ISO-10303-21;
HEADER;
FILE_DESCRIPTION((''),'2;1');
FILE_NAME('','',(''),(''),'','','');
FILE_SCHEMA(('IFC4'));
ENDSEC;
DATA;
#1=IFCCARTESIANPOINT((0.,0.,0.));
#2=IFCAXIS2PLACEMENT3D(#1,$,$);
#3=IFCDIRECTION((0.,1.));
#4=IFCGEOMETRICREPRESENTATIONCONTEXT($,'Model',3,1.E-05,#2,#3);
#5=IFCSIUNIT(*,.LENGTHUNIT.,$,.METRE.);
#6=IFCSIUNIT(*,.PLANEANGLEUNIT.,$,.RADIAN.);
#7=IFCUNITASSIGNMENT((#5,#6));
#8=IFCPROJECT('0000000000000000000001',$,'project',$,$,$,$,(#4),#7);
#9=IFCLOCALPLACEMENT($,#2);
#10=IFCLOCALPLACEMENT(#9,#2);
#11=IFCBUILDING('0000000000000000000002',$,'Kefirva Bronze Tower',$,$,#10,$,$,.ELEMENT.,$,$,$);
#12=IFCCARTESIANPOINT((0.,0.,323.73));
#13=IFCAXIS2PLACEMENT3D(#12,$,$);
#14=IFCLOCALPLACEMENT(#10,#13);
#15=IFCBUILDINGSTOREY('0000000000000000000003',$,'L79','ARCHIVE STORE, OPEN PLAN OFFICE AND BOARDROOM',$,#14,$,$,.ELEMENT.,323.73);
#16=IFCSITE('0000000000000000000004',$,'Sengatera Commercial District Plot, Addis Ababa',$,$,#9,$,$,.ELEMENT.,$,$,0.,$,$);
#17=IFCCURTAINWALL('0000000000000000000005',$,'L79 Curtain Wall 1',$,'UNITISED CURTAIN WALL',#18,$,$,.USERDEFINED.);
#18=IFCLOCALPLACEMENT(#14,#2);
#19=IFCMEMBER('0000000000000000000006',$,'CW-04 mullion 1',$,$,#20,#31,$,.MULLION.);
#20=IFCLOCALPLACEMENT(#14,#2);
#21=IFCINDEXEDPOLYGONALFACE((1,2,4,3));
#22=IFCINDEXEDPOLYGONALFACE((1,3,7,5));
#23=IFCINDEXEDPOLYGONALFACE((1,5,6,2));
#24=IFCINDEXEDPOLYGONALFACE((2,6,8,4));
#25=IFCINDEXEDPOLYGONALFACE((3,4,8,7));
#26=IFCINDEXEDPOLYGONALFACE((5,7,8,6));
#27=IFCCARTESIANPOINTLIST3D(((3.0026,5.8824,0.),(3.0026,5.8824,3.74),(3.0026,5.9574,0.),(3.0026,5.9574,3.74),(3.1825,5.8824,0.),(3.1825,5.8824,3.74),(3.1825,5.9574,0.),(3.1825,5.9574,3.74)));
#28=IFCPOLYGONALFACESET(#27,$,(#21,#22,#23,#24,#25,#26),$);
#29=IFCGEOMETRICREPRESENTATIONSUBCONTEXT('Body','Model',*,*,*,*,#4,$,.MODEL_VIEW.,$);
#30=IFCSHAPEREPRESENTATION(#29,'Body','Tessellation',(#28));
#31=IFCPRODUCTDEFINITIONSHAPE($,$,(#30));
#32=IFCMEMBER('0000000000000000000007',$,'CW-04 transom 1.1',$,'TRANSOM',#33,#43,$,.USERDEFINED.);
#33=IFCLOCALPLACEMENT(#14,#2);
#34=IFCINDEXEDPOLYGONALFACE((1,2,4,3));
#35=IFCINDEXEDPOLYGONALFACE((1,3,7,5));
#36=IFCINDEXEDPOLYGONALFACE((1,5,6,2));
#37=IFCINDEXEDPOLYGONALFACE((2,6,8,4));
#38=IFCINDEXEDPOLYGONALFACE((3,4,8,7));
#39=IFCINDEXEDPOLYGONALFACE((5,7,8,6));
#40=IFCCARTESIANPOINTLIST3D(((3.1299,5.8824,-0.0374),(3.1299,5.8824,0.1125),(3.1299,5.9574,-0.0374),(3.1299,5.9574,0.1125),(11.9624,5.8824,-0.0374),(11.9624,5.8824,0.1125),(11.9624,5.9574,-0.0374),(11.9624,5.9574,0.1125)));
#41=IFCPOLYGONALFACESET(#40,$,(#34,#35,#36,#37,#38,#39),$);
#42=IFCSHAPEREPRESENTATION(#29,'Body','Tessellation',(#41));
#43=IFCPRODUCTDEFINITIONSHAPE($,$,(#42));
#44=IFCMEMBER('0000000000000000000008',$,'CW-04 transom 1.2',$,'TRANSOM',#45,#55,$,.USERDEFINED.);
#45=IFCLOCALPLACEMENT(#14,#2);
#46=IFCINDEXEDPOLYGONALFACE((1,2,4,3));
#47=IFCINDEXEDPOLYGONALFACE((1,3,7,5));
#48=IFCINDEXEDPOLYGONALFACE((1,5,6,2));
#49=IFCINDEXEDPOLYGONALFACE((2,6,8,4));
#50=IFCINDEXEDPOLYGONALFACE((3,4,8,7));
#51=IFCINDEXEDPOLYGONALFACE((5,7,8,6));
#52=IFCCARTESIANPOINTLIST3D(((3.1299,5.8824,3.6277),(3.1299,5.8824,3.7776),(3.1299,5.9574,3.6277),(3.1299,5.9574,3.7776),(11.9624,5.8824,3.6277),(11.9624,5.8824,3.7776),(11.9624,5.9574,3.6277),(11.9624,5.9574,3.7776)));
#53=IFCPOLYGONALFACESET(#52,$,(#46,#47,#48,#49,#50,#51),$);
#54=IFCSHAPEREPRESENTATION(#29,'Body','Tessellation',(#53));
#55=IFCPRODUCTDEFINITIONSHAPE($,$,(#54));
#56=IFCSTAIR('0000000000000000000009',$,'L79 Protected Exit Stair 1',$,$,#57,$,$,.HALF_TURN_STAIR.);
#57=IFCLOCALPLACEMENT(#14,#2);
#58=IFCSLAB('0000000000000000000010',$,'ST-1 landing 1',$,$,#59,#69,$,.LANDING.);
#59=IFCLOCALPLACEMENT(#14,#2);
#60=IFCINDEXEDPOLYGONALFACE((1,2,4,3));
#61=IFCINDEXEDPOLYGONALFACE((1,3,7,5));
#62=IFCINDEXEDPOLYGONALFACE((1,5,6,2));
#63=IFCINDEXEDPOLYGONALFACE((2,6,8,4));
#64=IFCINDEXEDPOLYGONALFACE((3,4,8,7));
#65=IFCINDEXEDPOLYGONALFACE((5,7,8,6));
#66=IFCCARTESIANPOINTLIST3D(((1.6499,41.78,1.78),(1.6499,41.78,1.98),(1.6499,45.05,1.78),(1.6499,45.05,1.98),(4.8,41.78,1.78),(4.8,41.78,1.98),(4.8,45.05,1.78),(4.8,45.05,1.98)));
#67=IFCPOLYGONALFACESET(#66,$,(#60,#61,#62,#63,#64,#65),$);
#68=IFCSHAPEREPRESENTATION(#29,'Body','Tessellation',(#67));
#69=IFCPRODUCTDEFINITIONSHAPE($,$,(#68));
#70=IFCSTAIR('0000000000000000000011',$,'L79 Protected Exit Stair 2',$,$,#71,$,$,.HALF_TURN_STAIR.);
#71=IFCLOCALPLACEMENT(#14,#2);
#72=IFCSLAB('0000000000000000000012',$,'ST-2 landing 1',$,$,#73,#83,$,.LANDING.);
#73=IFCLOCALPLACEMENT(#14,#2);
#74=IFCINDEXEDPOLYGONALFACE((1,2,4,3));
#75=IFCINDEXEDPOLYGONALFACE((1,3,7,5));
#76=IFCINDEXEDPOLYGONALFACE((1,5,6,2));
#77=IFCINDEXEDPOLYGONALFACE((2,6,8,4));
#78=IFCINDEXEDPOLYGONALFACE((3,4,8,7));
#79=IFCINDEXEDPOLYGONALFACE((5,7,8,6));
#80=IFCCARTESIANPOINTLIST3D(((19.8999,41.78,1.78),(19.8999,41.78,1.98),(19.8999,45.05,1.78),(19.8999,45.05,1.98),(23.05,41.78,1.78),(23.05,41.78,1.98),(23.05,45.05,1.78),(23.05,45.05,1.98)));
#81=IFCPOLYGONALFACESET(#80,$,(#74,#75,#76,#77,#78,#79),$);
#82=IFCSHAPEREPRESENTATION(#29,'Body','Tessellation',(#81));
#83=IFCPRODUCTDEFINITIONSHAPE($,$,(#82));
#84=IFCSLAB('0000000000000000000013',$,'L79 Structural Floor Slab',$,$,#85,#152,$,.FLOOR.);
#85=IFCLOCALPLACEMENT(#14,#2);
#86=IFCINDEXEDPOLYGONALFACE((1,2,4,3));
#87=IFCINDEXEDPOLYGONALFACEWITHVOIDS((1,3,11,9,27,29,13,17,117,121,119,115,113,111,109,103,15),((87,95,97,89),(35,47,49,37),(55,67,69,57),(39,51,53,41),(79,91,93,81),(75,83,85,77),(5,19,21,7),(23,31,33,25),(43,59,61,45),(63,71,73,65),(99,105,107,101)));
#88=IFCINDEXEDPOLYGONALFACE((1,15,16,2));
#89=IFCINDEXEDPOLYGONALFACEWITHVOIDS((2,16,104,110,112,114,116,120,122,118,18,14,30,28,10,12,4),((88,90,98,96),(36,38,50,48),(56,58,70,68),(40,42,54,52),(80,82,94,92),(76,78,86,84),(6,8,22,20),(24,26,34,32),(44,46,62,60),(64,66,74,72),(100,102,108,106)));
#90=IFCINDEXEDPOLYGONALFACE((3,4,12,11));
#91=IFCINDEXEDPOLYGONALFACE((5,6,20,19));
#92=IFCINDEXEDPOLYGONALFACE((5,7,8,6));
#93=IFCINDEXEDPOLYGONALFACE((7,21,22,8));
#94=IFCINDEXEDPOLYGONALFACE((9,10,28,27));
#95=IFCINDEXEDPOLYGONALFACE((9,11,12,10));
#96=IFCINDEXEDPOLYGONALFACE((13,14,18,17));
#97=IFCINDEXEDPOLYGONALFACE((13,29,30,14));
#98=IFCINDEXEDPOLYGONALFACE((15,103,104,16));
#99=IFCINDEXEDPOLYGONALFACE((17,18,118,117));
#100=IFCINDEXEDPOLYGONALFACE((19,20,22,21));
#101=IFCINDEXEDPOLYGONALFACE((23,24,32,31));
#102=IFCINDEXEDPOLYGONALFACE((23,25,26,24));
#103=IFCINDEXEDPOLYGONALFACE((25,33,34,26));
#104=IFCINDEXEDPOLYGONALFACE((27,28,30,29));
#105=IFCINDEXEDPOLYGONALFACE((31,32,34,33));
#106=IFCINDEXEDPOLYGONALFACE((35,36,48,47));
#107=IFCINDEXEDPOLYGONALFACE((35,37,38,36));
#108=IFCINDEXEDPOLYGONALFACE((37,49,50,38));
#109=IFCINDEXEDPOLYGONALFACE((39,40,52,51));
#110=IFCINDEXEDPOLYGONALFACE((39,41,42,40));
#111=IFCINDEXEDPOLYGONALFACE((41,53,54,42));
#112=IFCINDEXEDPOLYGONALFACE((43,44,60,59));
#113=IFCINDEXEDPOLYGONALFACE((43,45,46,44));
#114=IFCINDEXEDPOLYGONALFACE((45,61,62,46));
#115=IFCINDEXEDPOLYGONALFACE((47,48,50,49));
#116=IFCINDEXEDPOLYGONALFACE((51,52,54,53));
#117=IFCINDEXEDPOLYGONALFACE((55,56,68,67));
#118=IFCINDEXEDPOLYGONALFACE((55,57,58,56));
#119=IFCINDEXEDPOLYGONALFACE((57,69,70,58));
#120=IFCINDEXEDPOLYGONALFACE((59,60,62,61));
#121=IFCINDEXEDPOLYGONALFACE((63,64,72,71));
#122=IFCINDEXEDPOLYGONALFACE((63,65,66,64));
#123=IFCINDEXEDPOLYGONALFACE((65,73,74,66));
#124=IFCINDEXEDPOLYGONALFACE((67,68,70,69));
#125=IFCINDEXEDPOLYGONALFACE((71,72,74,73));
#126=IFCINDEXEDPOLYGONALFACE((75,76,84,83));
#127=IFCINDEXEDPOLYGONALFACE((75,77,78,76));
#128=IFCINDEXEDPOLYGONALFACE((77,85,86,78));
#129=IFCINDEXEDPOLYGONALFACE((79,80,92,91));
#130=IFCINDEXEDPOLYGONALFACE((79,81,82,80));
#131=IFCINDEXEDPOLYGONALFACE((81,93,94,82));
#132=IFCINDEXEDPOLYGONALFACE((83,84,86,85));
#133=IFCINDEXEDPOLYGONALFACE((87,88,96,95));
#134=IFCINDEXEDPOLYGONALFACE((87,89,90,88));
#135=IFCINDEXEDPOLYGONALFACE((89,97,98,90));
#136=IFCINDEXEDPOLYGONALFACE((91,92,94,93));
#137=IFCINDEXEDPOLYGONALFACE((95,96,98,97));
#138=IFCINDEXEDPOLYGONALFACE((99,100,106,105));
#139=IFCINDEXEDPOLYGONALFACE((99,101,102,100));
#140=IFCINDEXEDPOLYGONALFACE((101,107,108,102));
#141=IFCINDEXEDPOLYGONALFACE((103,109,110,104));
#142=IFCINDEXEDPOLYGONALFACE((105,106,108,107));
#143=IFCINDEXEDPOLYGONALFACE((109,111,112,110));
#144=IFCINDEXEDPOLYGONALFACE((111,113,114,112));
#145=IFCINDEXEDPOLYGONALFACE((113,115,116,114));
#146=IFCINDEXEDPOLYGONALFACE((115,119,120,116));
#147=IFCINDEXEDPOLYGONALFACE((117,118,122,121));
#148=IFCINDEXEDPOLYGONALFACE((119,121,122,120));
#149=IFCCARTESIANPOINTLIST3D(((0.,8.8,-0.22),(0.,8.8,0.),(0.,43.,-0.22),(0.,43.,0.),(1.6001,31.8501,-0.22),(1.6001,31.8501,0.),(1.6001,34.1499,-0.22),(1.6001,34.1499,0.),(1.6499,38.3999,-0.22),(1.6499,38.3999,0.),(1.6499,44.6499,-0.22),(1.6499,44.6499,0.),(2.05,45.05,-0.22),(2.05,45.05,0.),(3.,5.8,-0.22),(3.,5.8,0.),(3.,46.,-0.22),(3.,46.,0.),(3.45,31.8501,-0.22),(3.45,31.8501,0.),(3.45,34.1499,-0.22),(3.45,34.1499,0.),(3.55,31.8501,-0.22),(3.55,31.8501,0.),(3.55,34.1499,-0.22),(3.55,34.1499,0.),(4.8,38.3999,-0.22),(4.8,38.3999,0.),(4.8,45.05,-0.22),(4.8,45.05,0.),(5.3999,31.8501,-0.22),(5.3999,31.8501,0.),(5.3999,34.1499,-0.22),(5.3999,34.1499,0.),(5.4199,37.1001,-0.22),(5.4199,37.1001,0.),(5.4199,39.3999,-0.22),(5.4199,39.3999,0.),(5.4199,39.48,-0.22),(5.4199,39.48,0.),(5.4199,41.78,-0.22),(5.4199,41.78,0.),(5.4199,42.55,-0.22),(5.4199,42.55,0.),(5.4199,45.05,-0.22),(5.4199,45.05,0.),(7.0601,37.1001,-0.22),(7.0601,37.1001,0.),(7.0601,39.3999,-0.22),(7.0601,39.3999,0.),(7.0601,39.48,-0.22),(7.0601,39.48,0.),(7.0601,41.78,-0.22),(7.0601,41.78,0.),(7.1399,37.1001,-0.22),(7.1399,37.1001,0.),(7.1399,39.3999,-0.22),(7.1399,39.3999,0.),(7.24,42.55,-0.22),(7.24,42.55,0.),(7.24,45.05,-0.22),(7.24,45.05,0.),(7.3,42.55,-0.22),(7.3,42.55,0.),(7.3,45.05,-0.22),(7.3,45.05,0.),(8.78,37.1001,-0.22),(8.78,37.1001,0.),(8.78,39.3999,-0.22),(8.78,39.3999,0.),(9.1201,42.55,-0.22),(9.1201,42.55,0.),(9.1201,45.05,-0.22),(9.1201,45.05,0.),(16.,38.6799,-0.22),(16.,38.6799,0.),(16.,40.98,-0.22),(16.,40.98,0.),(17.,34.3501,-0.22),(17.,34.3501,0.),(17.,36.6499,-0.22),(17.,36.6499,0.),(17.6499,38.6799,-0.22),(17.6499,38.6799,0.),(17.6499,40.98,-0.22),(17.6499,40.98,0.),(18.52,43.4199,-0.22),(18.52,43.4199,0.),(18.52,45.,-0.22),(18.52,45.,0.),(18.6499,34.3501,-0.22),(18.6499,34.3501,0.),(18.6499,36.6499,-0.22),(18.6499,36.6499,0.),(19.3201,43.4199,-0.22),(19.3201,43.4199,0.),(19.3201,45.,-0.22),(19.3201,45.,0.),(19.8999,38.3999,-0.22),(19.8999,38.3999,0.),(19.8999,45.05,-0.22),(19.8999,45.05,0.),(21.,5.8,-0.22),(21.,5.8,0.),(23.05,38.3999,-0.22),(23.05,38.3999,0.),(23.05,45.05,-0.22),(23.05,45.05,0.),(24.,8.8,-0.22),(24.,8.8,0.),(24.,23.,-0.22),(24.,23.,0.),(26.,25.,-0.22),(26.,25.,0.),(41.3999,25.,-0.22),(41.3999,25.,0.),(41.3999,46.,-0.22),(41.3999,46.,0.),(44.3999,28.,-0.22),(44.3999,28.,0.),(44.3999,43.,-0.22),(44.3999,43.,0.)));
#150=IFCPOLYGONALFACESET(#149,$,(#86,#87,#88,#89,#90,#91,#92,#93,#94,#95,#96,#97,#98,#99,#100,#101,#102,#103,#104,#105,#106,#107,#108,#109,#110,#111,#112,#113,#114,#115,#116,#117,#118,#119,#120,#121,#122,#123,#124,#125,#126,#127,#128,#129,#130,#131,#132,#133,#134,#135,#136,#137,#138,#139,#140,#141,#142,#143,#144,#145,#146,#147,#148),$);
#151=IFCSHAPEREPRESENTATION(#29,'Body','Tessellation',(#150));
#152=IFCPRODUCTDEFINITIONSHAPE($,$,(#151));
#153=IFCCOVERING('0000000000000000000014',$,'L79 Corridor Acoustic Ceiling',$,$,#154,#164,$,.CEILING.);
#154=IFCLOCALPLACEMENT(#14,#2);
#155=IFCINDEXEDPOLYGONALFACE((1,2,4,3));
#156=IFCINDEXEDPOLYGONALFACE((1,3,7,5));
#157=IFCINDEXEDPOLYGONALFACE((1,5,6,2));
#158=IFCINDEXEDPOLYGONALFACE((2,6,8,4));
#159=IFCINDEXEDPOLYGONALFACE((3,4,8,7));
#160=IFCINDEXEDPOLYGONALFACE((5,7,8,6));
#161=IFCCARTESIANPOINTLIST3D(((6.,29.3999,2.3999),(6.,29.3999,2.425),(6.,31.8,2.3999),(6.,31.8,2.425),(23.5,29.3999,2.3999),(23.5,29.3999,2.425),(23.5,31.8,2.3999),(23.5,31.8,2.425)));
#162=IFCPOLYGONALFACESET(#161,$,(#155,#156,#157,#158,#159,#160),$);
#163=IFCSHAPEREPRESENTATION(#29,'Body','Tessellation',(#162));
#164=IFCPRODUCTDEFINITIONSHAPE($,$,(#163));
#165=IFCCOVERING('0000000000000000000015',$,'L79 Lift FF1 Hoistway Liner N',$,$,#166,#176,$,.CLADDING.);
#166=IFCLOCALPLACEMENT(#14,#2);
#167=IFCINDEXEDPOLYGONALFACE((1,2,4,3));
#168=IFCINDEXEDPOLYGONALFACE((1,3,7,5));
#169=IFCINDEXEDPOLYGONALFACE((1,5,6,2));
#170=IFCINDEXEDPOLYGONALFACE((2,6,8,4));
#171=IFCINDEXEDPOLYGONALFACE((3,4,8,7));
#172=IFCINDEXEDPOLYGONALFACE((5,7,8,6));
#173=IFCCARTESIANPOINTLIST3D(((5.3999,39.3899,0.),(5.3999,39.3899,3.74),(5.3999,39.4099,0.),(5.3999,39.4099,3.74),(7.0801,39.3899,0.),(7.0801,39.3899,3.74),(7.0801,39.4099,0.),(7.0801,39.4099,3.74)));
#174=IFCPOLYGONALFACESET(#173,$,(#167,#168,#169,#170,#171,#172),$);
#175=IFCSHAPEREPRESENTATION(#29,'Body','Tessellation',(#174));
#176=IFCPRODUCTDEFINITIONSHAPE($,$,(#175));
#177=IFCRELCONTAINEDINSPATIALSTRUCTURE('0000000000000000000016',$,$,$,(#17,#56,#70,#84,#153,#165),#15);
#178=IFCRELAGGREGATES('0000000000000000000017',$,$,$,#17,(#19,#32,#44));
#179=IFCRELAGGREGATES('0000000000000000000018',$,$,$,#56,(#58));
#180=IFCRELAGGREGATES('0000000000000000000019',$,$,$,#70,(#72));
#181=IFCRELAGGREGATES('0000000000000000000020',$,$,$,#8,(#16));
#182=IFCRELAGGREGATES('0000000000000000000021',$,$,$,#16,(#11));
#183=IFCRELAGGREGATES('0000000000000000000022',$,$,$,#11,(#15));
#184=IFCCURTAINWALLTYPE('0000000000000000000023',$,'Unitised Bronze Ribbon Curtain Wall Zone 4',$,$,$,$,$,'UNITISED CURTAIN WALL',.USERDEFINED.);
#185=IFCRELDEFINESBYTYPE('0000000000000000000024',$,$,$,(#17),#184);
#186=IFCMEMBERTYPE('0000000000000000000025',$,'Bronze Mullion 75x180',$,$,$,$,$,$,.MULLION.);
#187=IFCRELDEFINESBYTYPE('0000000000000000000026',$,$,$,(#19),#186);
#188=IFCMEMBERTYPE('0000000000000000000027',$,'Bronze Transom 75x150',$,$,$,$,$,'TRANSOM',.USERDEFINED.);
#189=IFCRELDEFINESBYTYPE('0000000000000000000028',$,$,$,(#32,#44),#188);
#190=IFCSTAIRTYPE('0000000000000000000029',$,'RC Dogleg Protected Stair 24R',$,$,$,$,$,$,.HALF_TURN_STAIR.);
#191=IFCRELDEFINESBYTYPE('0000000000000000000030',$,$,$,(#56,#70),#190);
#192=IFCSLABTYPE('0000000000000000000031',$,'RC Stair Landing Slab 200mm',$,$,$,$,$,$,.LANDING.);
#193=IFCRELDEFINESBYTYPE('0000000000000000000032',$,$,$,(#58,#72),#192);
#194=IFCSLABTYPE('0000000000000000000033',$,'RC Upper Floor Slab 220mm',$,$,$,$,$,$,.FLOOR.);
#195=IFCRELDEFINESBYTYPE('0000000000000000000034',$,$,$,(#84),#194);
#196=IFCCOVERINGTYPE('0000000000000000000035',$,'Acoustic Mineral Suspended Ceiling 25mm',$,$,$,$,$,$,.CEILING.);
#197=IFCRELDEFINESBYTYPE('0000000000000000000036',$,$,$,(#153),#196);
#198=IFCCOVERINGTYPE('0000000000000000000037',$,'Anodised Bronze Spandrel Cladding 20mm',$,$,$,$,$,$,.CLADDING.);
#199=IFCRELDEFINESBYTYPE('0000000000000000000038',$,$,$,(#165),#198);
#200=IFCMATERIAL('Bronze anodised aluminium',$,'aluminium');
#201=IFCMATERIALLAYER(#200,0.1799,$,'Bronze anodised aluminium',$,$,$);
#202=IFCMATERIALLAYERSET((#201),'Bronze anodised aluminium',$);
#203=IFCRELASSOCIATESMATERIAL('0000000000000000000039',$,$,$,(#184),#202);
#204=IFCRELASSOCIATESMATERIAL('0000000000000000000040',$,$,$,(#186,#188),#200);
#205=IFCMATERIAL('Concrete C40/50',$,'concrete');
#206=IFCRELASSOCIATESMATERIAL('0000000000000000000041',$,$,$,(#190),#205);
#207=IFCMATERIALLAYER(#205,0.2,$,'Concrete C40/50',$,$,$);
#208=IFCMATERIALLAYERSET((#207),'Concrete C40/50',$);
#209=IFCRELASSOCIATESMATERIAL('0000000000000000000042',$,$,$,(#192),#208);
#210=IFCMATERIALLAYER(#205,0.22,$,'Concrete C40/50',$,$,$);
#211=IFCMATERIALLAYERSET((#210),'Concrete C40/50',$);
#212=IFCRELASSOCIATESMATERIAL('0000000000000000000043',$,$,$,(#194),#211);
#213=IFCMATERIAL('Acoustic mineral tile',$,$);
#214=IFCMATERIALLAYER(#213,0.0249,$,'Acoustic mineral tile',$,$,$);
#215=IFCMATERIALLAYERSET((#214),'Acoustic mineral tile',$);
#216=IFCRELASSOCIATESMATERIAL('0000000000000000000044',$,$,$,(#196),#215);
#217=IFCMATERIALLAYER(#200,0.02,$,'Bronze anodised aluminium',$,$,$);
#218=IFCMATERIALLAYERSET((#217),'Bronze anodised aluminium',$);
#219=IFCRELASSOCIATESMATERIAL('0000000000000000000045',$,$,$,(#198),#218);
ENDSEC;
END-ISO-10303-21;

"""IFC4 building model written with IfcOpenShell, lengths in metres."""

from ifc_helpers import new_model, si_unit, direction, frame, origin, origin_2d, place, context, subcontext, project, spatial, polyline, rectangle, outline, extrude, material, layer, layer_set, material_profile, profile_set, type_object, element, aggregate, save


model = new_model("IFC4")

# Units and contexts
model_context = context("Model", 3, precision=1e-05, world=origin(), true_north=direction((0.0, 1.0)))
body_context = subcontext(model_context, "Body", "Model", "MODEL_VIEW")
ifc_project = project(units=[si_unit("LENGTHUNIT", "METRE"), si_unit("PLANEANGLEUNIT", "RADIAN")], contexts=[model_context])

# Site, building, storey
site_placement = place(None, origin())
site = spatial("IfcSite", under=ifc_project, at=site_placement, Name="Sengatera Commercial District Plot, Addis Ababa", CompositionType="ELEMENT", RefElevation=0.0)
building_placement = place(site_placement, origin())
building = spatial("IfcBuilding", under=site, at=building_placement, Name="Kefirva Bronze Tower", CompositionType="ELEMENT")
storey_placement = place(building_placement, frame((0.0, 0.0, 323.73)))
storey = spatial("IfcBuildingStorey", under=building, at=storey_placement, Name="L79", Description="ARCHIVE STORE, OPEN PLAN OFFICE AND BOARDROOM", CompositionType="ELEMENT", Elevation=323.73)

# Curtain wall, members
ifc_material_1 = material(Name="Bronze anodised aluminium", Category="aluminium")
ifc_layer_1 = layer(ifc_material_1, 0.1799, Name="Bronze anodised aluminium")
ifc_layer_set_1 = layer_set([ifc_layer_1], Name="Bronze anodised aluminium")
curtain_wall_type = type_object("IfcCurtainWallType", Name="Unitised Bronze Ribbon Curtain Wall Zone 4", ElementType="UNITISED CURTAIN WALL", PredefinedType="USERDEFINED", material=ifc_layer_set_1)
curtain_wall_placement = place(storey_placement, origin())
curtain_wall = element("IfcCurtainWall", 1, at=curtain_wall_placement, inside=storey, type_object=curtain_wall_type, Name="L79 Curtain Wall 1", ObjectType="UNITISED CURTAIN WALL", PredefinedType="USERDEFINED")
ifc_material_profile_1 = material_profile(ifc_material_1, rectangle(XDim=0.075, YDim=0.1799, at=origin_2d()), Name="ALU 75x180")
ifc_profile_set_1 = profile_set([ifc_material_profile_1], Name="Bronze anodised aluminium")
member_type_1 = type_object("IfcMemberType", Name="Bronze Mullion 75x180", PredefinedType="MULLION", material=ifc_profile_set_1)
member_1_placement = place(storey_placement, frame((3.0925, 5.9199, 0.0), z_axis=(0.0, 0.0, 1.0), x_axis=(0.0, 1.0, 0.0)))
member_1 = element("IfcMember", 2, at=member_1_placement, type_object=member_type_1, Name="CW-04 mullion 1", PredefinedType="MULLION", context=body_context, shape_type="SweptSolid", body=[
    extrude(rectangle(XDim=0.075, YDim=0.1799, at=origin_2d()), origin(), (0.0, 0.0, 1.0), 3.74),
])
ifc_material_profile_2 = material_profile(ifc_material_1, rectangle(XDim=0.075, YDim=0.1499, at=origin_2d()), Name="ALU 75x150")
ifc_profile_set_2 = profile_set([ifc_material_profile_2], Name="Bronze anodised aluminium")
member_type_2 = type_object("IfcMemberType", Name="Bronze Transom 75x150", ElementType="TRANSOM", PredefinedType="USERDEFINED", material=ifc_profile_set_2)
member_2_placement = place(storey_placement, frame((3.1299, 5.9199, 0.0376), z_axis=(1.0, 0.0, 0.0), x_axis=(0.0, 1.0, 0.0)))
member_2 = element("IfcMember", 3, at=member_2_placement, type_object=member_type_2, Name="CW-04 transom 1.1", ObjectType="TRANSOM", PredefinedType="USERDEFINED", context=body_context, shape_type="SweptSolid", body=[
    extrude(rectangle(XDim=0.075, YDim=0.1499, at=origin_2d()), origin(), (0.0, 0.0, 1.0), 8.8325),
])
member_3_placement = place(storey_placement, frame((3.1299, 5.9199, 3.7026), z_axis=(1.0, 0.0, 0.0), x_axis=(0.0, 1.0, 0.0)))
member_3 = element("IfcMember", 4, at=member_3_placement, type_object=member_type_2, Name="CW-04 transom 1.2", ObjectType="TRANSOM", PredefinedType="USERDEFINED", context=body_context, shape_type="SweptSolid", body=[
    extrude(rectangle(XDim=0.075, YDim=0.1499, at=origin_2d()), origin(), (0.0, 0.0, 1.0), 8.8325),
])
aggregate(curtain_wall, [member_1, member_2, member_3])

# Stairs, slabs
ifc_material_2 = material(Name="Concrete C40/50", Category="concrete")
stair_type = type_object("IfcStairType", Name="RC Dogleg Protected Stair 24R", PredefinedType="HALF_TURN_STAIR", material=ifc_material_2)
stair_1_placement = place(storey_placement, origin())
stair_1 = element("IfcStair", 5, at=stair_1_placement, inside=storey, type_object=stair_type, Name="L79 Protected Exit Stair 1", PredefinedType="HALF_TURN_STAIR")
ifc_layer_2 = layer(ifc_material_2, 0.2, Name="Concrete C40/50")
ifc_layer_set_2 = layer_set([ifc_layer_2], Name="Concrete C40/50")
slab_type_1 = type_object("IfcSlabType", Name="RC Stair Landing Slab 200mm", PredefinedType="LANDING", material=ifc_layer_set_2)
slab_1_placement = place(storey_placement, frame((0.0, 0.0, 1.78)))
slab_1 = element("IfcSlab", 6, at=slab_1_placement, type_object=slab_type_1, Name="ST-1 landing 1", PredefinedType="LANDING", context=body_context, shape_type="SweptSolid", body=[
    extrude(outline(polyline([(4.8, 41.78), (4.8, 45.05), (1.6499, 45.05), (1.6499, 41.78), (4.8, 41.78)])), origin(), (0.0, 0.0, 1.0), 0.2),
])
aggregate(stair_1, [slab_1])
stair_2_placement = place(storey_placement, origin())
stair_2 = element("IfcStair", 7, at=stair_2_placement, inside=storey, type_object=stair_type, Name="L79 Protected Exit Stair 2", PredefinedType="HALF_TURN_STAIR")
slab_2_placement = place(storey_placement, frame((0.0, 0.0, 1.78)))
slab_2 = element("IfcSlab", 8, at=slab_2_placement, type_object=slab_type_1, Name="ST-2 landing 1", PredefinedType="LANDING", context=body_context, shape_type="SweptSolid", body=[
    extrude(outline(polyline([(23.05, 41.78), (23.05, 45.05), (19.8999, 45.05), (19.8999, 41.78), (23.05, 41.78)])), origin(), (0.0, 0.0, 1.0), 0.2),
])
aggregate(stair_2, [slab_2])

# Slab
ifc_layer_3 = layer(ifc_material_2, 0.22, Name="Concrete C40/50")
ifc_layer_set_3 = layer_set([ifc_layer_3], Name="Concrete C40/50")
slab_type_2 = type_object("IfcSlabType", Name="RC Upper Floor Slab 220mm", PredefinedType="FLOOR", material=ifc_layer_set_3)
slab_3_placement = place(storey_placement, frame((0.0, 0.0, -0.22)))
element("IfcSlab", 9, at=slab_3_placement, inside=storey, type_object=slab_type_2, Name="L79 Structural Floor Slab", PredefinedType="FLOOR", context=body_context, shape_type="SweptSolid", body=[
    extrude(outline(polyline([(0.0, 8.8), (0.0, 43.0), (1.6499, 44.6499), (1.6499, 38.3999), (4.8, 38.3999), (4.8, 45.05), (2.05, 45.05), (3.0, 46.0), (41.3999, 46.0), (44.3999, 43.0), (44.3999, 28.0), (41.3999, 25.0), (26.0, 25.0), (24.0, 23.0), (24.0, 8.8), (21.0, 5.8), (3.0, 5.8), (0.0, 8.8)]), holes=[polyline([(23.05, 45.05), (19.8999, 45.05), (19.8999, 38.3999), (23.05, 38.3999), (23.05, 45.05)]), polyline([(19.3201, 43.4199), (19.3201, 45.0), (18.52, 45.0), (18.52, 43.4199), (19.3201, 43.4199)]), polyline([(18.6499, 36.6499), (17.0, 36.6499), (17.0, 34.3501), (18.6499, 34.3501), (18.6499, 36.6499)]), polyline([(17.6499, 38.6799), (17.6499, 40.98), (16.0, 40.98), (16.0, 38.6799), (17.6499, 38.6799)]), polyline([(9.1201, 42.55), (9.1201, 45.05), (7.3, 45.05), (7.3, 42.55), (9.1201, 42.55)]), polyline([(8.78, 37.1001), (8.78, 39.3999), (7.1399, 39.3999), (7.1399, 37.1001), (8.78, 37.1001)]), polyline([(7.24, 42.55), (7.24, 45.05), (5.4199, 45.05), (5.4199, 42.55), (7.24, 42.55)]), polyline([(7.0601, 37.1001), (7.0601, 39.3999), (5.4199, 39.3999), (5.4199, 37.1001), (7.0601, 37.1001)]), polyline([(7.0601, 41.78), (5.4199, 41.78), (5.4199, 39.48), (7.0601, 39.48), (7.0601, 41.78)]), polyline([(5.3999, 31.8501), (5.3999, 34.1499), (3.55, 34.1499), (3.55, 31.8501), (5.3999, 31.8501)]), polyline([(3.45, 34.1499), (1.6001, 34.1499), (1.6001, 31.8501), (3.45, 31.8501), (3.45, 34.1499)])]), origin(), (0.0, 0.0, 1.0), 0.22),
])

# Coverings
ifc_material_3 = material(Name="Acoustic mineral tile")
ifc_layer_4 = layer(ifc_material_3, 0.0249, Name="Acoustic mineral tile")
ifc_layer_set_4 = layer_set([ifc_layer_4], Name="Acoustic mineral tile")
covering_type_1 = type_object("IfcCoveringType", Name="Acoustic Mineral Suspended Ceiling 25mm", PredefinedType="CEILING", material=ifc_layer_set_4)
covering_1_placement = place(storey_placement, frame((0.0, 0.0, 2.3999)))
element("IfcCovering", 10, at=covering_1_placement, inside=storey, type_object=covering_type_1, Name="L79 Corridor Acoustic Ceiling", PredefinedType="CEILING", context=body_context, shape_type="SweptSolid", body=[
    extrude(outline(polyline([(6.0, 29.3999), (23.5, 29.3999), (23.5, 31.8), (6.0, 31.8), (6.0, 29.3999)])), origin(), (0.0, 0.0, 1.0), 0.0251),
])
ifc_layer_5 = layer(ifc_material_1, 0.02, Name="Bronze anodised aluminium")
ifc_layer_set_5 = layer_set([ifc_layer_5], Name="Bronze anodised aluminium")
covering_type_2 = type_object("IfcCoveringType", Name="Anodised Bronze Spandrel Cladding 20mm", PredefinedType="CLADDING", material=ifc_layer_set_5)
covering_2_placement = place(storey_placement, origin())
element("IfcCovering", 11, at=covering_2_placement, inside=storey, type_object=covering_type_2, Name="L79 Lift FF1 Hoistway Liner N", PredefinedType="CLADDING", context=body_context, shape_type="SweptSolid", body=[
    extrude(outline(polyline([(5.3999, 39.3899), (7.0801, 39.3899), (7.0801, 39.4099), (5.3999, 39.4099), (5.3999, 39.3899)])), origin(), (0.0, 0.0, 1.0), 3.74),
])

save(model, "model.ifc")
